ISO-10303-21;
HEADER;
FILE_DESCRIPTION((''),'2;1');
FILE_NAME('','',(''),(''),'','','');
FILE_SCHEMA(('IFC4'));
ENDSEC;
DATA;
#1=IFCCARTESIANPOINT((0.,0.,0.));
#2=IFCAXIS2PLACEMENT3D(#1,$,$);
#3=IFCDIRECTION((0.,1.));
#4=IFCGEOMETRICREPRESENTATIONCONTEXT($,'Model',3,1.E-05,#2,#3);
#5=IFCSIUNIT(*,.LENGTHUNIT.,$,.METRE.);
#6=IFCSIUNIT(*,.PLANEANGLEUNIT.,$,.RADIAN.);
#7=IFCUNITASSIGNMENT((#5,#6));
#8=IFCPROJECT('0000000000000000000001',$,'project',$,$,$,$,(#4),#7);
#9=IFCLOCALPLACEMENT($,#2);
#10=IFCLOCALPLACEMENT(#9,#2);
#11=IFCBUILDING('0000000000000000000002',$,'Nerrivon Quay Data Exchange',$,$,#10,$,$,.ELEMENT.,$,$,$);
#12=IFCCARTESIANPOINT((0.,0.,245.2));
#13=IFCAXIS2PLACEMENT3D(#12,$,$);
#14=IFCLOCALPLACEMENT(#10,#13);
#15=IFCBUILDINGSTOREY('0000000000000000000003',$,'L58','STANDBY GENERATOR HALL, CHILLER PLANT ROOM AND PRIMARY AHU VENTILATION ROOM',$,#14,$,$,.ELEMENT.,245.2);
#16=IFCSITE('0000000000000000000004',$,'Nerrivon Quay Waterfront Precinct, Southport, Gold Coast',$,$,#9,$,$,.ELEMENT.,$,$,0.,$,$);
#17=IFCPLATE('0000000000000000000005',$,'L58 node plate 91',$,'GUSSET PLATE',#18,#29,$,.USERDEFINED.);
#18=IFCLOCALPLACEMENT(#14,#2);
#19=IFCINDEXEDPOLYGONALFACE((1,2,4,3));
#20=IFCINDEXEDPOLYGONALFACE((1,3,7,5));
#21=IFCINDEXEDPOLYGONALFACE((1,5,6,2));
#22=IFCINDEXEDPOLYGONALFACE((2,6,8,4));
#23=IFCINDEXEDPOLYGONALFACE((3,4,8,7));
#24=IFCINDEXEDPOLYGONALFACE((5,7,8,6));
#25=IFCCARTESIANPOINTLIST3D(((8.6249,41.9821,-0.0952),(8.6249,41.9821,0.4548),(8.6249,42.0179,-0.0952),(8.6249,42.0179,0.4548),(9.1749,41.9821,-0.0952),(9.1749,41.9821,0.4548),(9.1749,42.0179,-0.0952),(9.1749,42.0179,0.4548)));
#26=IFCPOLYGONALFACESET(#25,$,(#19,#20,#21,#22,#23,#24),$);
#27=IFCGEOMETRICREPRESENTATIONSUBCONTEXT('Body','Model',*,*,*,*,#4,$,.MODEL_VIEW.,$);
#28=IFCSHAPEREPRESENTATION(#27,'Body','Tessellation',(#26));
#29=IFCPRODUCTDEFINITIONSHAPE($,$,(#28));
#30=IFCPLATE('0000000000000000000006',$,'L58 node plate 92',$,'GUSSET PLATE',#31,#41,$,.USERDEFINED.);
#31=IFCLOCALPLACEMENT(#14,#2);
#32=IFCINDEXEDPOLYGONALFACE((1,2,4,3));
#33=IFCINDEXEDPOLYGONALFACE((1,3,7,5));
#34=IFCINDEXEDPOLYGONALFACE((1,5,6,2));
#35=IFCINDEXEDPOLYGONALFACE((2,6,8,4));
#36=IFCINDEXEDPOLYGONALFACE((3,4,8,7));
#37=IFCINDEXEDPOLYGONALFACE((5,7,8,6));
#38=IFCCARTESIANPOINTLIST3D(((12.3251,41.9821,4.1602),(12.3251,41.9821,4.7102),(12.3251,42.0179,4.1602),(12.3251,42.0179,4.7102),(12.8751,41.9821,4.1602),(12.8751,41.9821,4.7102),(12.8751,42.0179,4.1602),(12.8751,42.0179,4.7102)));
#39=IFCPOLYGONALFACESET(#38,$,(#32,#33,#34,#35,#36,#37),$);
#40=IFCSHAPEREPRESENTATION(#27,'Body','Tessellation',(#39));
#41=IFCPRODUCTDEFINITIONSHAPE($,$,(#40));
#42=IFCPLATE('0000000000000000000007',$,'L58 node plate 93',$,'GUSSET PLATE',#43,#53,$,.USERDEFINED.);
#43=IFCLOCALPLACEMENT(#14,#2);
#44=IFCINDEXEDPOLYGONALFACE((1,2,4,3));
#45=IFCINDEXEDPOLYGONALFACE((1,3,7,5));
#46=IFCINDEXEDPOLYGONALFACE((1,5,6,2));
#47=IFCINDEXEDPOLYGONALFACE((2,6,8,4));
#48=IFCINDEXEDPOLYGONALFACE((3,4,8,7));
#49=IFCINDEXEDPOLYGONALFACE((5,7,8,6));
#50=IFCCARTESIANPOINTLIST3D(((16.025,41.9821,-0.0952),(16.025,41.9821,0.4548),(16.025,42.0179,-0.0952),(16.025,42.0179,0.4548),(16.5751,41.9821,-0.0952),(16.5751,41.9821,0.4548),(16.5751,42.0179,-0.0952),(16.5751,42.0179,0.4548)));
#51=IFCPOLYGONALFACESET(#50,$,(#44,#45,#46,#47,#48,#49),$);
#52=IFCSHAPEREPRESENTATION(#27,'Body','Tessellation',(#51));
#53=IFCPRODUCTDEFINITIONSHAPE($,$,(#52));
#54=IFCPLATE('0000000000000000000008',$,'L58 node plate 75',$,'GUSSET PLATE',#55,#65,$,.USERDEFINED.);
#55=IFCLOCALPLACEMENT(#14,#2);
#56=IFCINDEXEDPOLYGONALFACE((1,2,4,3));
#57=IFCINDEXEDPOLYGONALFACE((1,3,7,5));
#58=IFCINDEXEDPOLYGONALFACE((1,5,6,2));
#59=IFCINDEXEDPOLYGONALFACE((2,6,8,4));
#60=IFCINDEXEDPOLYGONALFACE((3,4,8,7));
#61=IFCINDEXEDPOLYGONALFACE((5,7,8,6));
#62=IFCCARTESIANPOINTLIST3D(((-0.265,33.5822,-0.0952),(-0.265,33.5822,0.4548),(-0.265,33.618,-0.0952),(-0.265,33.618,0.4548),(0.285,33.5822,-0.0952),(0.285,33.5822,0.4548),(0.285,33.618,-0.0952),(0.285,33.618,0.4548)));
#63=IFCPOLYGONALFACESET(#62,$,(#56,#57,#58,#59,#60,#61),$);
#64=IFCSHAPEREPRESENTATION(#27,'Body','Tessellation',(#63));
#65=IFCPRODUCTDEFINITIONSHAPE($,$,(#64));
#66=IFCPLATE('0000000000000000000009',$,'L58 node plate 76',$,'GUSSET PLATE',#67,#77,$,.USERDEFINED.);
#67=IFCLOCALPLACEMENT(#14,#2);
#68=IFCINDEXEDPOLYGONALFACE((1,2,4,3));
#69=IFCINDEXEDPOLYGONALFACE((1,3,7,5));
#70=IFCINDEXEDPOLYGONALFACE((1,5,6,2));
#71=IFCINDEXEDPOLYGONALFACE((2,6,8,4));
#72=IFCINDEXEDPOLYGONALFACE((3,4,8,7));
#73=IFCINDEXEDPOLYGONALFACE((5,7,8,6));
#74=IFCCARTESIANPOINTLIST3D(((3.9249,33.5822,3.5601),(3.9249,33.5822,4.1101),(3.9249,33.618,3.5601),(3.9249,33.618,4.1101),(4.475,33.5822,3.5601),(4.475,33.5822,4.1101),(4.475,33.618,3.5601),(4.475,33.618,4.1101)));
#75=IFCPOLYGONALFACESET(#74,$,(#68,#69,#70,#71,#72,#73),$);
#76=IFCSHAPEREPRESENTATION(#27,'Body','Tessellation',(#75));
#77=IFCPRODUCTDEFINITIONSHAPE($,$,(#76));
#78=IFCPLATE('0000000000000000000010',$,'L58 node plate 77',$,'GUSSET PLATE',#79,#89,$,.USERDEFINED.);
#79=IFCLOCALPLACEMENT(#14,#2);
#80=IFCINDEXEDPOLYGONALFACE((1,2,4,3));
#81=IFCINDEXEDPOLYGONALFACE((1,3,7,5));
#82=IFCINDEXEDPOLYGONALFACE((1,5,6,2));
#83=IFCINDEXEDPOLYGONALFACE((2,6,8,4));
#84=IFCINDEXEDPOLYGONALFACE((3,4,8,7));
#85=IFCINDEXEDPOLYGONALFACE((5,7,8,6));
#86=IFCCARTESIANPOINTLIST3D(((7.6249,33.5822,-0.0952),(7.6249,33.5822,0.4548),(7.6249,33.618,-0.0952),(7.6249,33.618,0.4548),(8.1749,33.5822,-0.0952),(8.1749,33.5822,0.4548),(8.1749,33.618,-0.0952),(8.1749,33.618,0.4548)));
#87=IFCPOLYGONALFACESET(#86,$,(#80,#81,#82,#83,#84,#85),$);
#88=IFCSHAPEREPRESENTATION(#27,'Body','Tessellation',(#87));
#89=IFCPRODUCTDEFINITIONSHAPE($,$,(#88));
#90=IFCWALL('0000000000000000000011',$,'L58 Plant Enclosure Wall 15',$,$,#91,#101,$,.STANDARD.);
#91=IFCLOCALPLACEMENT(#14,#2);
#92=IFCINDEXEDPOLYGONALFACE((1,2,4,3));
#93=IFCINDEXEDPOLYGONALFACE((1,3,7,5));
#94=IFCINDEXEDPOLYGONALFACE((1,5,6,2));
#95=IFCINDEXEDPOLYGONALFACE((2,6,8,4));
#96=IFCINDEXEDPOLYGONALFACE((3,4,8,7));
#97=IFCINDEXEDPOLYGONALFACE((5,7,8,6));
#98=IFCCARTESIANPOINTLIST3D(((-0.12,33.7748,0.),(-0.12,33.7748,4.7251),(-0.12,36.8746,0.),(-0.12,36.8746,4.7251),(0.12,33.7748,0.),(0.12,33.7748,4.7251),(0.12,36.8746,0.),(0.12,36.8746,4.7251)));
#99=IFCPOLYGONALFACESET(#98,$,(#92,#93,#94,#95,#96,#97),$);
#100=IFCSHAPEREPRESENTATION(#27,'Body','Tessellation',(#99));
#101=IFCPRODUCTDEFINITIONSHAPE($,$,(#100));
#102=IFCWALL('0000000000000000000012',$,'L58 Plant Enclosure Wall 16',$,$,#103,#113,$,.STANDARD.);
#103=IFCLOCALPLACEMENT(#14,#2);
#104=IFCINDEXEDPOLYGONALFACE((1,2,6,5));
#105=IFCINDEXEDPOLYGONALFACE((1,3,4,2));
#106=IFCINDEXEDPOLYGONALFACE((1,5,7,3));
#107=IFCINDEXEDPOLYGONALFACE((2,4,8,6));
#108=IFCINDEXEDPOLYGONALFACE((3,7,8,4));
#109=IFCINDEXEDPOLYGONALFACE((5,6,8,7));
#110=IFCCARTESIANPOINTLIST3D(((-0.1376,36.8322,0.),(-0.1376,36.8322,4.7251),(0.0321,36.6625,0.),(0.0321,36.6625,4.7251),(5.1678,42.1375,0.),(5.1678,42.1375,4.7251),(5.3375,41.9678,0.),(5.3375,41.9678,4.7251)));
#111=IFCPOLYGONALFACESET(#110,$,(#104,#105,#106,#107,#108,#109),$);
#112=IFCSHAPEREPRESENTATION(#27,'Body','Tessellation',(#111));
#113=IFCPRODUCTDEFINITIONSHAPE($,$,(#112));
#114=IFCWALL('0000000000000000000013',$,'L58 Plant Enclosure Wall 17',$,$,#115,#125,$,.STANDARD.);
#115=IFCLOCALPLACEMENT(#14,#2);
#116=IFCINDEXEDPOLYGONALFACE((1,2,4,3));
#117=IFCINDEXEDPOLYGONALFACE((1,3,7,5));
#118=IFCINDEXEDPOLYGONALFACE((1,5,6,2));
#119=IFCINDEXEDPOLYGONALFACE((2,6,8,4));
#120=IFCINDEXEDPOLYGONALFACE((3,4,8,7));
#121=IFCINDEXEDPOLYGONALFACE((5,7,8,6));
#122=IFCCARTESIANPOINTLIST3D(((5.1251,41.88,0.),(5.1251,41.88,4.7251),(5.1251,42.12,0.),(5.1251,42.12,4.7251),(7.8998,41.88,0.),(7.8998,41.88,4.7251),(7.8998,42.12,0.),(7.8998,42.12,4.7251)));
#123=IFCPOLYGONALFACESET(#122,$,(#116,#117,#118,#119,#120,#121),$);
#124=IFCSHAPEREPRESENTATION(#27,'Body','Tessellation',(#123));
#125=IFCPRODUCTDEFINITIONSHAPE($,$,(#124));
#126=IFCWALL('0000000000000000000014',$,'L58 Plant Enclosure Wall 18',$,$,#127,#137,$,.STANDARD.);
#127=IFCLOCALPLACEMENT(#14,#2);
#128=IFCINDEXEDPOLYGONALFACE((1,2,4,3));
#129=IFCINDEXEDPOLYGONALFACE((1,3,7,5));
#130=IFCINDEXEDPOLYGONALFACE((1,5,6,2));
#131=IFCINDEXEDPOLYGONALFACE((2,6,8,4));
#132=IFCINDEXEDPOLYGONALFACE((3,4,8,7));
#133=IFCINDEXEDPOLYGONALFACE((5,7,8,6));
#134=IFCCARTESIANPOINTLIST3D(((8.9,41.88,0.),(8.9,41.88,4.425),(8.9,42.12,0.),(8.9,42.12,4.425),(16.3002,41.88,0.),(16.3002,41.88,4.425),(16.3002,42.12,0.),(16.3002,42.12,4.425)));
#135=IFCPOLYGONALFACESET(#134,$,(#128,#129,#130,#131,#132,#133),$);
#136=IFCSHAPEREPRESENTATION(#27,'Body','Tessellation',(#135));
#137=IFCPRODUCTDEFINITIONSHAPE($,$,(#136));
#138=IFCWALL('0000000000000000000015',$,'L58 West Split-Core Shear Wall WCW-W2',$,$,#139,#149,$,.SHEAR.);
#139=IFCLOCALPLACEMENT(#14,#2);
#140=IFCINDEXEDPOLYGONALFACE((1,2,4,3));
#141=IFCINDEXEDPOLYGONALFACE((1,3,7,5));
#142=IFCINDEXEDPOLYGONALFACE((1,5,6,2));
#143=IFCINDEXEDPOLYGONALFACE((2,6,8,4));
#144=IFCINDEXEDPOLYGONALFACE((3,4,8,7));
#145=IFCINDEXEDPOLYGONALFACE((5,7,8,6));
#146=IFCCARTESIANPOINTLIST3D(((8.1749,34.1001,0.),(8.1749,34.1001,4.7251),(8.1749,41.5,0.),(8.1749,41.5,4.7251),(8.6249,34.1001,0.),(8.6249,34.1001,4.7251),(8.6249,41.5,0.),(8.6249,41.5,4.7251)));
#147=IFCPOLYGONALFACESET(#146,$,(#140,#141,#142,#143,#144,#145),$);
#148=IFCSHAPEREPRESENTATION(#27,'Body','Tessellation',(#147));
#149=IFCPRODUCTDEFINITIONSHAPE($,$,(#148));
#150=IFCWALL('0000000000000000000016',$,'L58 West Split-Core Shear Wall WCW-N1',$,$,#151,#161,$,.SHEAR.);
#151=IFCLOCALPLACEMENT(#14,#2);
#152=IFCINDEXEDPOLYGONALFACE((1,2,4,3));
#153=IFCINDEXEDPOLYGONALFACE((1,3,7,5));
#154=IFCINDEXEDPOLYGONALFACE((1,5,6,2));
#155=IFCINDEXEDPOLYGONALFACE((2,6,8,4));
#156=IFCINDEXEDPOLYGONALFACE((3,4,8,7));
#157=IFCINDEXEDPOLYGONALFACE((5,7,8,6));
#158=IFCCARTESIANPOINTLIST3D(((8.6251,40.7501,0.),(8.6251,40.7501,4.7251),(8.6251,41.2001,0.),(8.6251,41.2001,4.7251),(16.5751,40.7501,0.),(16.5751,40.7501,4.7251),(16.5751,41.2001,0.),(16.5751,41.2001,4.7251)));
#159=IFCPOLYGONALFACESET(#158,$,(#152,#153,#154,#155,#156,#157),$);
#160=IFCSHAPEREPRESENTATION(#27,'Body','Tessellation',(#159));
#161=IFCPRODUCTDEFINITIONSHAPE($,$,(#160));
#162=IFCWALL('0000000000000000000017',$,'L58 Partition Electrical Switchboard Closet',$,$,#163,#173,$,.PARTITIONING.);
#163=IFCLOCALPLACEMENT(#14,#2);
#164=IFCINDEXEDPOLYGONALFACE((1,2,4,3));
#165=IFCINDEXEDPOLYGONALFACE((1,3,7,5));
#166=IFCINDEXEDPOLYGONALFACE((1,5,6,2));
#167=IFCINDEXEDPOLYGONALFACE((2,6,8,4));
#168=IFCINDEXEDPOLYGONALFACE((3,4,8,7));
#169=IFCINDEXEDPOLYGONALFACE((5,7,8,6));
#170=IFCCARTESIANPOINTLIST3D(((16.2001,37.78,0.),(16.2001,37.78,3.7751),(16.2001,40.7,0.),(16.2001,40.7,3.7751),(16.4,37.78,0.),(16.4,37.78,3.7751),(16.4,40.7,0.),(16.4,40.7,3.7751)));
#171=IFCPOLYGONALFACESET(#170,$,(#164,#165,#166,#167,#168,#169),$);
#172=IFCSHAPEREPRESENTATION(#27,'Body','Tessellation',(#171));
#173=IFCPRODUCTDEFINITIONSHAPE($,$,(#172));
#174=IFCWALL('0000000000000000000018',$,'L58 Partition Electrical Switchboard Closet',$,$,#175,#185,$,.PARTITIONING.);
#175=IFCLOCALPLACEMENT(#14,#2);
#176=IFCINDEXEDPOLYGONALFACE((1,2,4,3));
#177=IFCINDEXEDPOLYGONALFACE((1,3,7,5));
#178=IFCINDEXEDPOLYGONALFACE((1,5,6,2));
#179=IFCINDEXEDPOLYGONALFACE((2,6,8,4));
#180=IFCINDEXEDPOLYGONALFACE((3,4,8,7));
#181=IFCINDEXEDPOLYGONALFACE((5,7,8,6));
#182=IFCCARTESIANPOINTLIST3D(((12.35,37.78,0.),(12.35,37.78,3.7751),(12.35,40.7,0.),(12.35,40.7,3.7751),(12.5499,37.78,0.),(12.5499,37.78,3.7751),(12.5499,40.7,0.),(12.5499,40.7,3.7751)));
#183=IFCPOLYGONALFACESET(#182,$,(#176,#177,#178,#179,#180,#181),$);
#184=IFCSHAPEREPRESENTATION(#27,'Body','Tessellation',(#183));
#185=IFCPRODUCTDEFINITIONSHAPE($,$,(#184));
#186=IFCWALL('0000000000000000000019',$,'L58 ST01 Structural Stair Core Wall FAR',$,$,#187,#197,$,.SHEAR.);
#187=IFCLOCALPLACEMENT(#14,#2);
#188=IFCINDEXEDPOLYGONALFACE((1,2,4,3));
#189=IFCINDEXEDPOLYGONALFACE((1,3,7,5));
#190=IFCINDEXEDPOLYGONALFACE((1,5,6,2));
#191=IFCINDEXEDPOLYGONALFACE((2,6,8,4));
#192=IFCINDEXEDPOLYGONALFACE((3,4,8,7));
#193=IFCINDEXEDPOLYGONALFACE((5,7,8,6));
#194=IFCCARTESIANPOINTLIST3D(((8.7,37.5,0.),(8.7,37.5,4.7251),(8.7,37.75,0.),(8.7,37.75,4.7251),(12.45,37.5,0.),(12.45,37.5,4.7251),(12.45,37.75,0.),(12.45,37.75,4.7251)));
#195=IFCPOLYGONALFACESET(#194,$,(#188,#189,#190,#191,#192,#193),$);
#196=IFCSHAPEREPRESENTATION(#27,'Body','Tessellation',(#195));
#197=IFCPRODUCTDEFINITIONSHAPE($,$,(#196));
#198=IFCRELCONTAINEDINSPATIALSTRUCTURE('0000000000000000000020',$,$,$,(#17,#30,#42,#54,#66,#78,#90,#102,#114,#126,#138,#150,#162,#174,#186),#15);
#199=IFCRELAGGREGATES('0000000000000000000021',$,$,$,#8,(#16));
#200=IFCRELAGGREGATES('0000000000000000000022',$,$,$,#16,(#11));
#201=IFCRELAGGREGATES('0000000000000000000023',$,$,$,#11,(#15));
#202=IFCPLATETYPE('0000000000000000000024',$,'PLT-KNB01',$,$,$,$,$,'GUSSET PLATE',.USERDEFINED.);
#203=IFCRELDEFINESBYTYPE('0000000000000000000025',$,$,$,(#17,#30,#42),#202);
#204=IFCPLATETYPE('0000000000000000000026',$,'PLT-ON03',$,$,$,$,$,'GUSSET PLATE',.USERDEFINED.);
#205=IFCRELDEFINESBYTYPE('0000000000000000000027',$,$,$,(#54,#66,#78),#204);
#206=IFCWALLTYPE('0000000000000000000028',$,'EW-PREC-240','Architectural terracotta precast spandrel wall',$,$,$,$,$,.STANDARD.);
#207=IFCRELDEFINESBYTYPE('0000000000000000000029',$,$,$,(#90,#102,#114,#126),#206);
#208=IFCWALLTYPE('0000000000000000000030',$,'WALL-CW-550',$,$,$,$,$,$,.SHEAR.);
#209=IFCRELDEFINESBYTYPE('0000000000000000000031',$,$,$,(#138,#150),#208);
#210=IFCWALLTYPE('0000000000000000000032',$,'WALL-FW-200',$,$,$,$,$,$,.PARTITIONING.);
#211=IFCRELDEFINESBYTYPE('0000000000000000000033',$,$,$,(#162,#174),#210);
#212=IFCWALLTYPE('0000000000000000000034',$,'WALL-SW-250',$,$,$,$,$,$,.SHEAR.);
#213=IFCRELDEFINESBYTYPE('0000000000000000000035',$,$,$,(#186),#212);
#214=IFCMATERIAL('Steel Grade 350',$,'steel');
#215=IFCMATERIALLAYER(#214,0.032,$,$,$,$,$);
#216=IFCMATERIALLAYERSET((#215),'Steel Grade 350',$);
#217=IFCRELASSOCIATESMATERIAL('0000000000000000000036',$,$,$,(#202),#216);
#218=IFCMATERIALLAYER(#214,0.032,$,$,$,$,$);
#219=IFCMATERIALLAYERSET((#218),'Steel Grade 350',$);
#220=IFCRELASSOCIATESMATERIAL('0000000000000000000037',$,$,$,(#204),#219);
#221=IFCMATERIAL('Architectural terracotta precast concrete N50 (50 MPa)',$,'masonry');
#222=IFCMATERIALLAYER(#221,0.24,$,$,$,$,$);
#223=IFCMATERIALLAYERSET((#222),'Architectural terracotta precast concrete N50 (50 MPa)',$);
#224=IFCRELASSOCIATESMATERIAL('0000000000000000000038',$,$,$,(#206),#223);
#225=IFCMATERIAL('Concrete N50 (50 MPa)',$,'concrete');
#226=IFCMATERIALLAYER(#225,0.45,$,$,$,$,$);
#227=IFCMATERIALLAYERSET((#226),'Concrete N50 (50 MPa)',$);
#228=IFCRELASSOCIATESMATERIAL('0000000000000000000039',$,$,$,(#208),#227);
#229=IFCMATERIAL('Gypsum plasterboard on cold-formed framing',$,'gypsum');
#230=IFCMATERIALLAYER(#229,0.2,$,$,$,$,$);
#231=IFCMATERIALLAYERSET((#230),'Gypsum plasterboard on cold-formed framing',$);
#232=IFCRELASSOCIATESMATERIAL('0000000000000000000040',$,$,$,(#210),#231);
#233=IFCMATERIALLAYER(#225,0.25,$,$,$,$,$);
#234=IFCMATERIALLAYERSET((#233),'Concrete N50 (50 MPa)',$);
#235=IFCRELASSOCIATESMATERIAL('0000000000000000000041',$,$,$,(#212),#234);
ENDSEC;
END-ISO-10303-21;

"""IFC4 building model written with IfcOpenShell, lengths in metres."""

from ifc_helpers import new_model, si_unit, direction, frame, frame_2d, origin, origin_2d, place, context, subcontext, project, spatial, rectangle, extrude, material, layer, layer_set, type_object, element, save


model = new_model("IFC4")

# Units and contexts
model_context = context("Model", 3, precision=1e-05, world=origin(), true_north=direction((0.0, 1.0)))
body_context = subcontext(model_context, "Body", "Model", "MODEL_VIEW")
ifc_project = project(units=[si_unit("LENGTHUNIT", "METRE"), si_unit("PLANEANGLEUNIT", "RADIAN")], contexts=[model_context])

# Site, building, storey
site_placement = place(None, origin())
site = spatial("IfcSite", under=ifc_project, at=site_placement, Name="Nerrivon Quay Waterfront Precinct, Southport, Gold Coast", CompositionType="ELEMENT", RefElevation=0.0)
building_placement = place(site_placement, origin())
building = spatial("IfcBuilding", under=site, at=building_placement, Name="Nerrivon Quay Data Exchange", CompositionType="ELEMENT")
storey_placement = place(building_placement, frame((0.0, 0.0, 245.2)))
storey = spatial("IfcBuildingStorey", under=building, at=storey_placement, Name="L58", Description="STANDBY GENERATOR HALL, CHILLER PLANT ROOM AND PRIMARY AHU VENTILATION ROOM", CompositionType="ELEMENT", Elevation=245.2)

# Shared definitions
ifc_material_1 = material(Name="Concrete N50 (50 MPa)", Category="concrete")
ifc_material_2 = material(Name="Steel Grade 350", Category="steel")

# Plates
ifc_layer_1 = layer(ifc_material_2, 0.032)
ifc_layer_set_1 = layer_set([ifc_layer_1], Name="Steel Grade 350")
plate_type_1 = type_object("IfcPlateType", Name="PLT-KNB01", ElementType="GUSSET PLATE", PredefinedType="USERDEFINED", material=ifc_layer_set_1)
for number, where, z_axis, x_axis, name in (
    (1, (8.8999, 42.0, -0.0952), (0.0, 0.0, 1.0), (1.0, 0.0, 0.0), "L58 node plate 91"),
    (2, (12.6001, 42.0, 4.1602), (0.0, 0.0, 1.0), (1.0, 0.0, 0.0), "L58 node plate 92"),
    (3, (16.3, 42.0, -0.0952), (0.0, 0.0, 1.0), (1.0, 0.0, 0.0), "L58 node plate 93"),
):
    element("IfcPlate", number, at=place(storey_placement, frame(where, z_axis=z_axis, x_axis=x_axis)), inside=storey, type_object=plate_type_1, Name=name, ObjectType="GUSSET PLATE", PredefinedType="USERDEFINED", context=body_context, shape_type="SweptSolid", body=[
        extrude(rectangle(XDim=0.55, YDim=0.0359, at=origin_2d()), origin(), (0.0, 0.0, 1.0), 0.55),
    ])
ifc_layer_2 = layer(ifc_material_2, 0.032)
ifc_layer_set_2 = layer_set([ifc_layer_2], Name="Steel Grade 350")
plate_type_2 = type_object("IfcPlateType", Name="PLT-ON03", ElementType="GUSSET PLATE", PredefinedType="USERDEFINED", material=ifc_layer_set_2)
for number, where, z_axis, x_axis, name in (
    (4, (0.01, 33.6001, -0.0952), (0.0, 0.0, 1.0), (1.0, 0.0, 0.0), "L58 node plate 75"),
    (5, (4.2, 33.6001, 3.5601), (0.0, 0.0, 1.0), (1.0, 0.0, 0.0), "L58 node plate 76"),
    (6, (7.8999, 33.6001, -0.0952), (0.0, 0.0, 1.0), (1.0, 0.0, 0.0), "L58 node plate 77"),
):
    element("IfcPlate", number, at=place(storey_placement, frame(where, z_axis=z_axis, x_axis=x_axis)), inside=storey, type_object=plate_type_2, Name=name, ObjectType="GUSSET PLATE", PredefinedType="USERDEFINED", context=body_context, shape_type="SweptSolid", body=[
        extrude(rectangle(XDim=0.55, YDim=0.0359, at=origin_2d()), origin(), (0.0, 0.0, 1.0), 0.55),
    ])

# Walls
ifc_material_3 = material(Name="Architectural terracotta precast concrete N50 (50 MPa)", Category="masonry")
ifc_layer_3 = layer(ifc_material_3, 0.24)
ifc_layer_set_3 = layer_set([ifc_layer_3], Name="Architectural terracotta precast concrete N50 (50 MPa)")
wall_type_1 = type_object("IfcWallType", Name="EW-PREC-240", Description="Architectural terracotta precast spandrel wall", PredefinedType="STANDARD", material=ifc_layer_set_3)
wall_1_placement = place(storey_placement, frame((0.0, 33.7749, 0.0), z_axis=(0.0, 0.0, 1.0), x_axis=(0.0, 1.0, 0.0)))
element("IfcWall", 7, at=wall_1_placement, inside=storey, type_object=wall_type_1, Name="L58 Plant Enclosure Wall 15", PredefinedType="STANDARD", context=body_context, shape_type="SweptSolid", body=[
    extrude(rectangle(XDim=3.0999, YDim=0.24, at=frame_2d((1.5498, 0.0))), origin(), (0.0, 0.0, 1.0), 4.7251),
])
wall_2_placement = place(storey_placement, frame((-0.0527, 36.7473, 0.0), z_axis=(0.0, 0.0, 1.0), x_axis=(0.707107, 0.707107, 0.0)))
element("IfcWall", 8, at=wall_2_placement, inside=storey, type_object=wall_type_1, Name="L58 Plant Enclosure Wall 16", PredefinedType="STANDARD", context=body_context, shape_type="SweptSolid", body=[
    extrude(rectangle(XDim=7.5029, YDim=0.24, at=frame_2d((3.7515, 0.0))), origin(), (0.0, 0.0, 1.0), 4.7251),
])
wall_3_placement = place(storey_placement, frame((5.1252, 42.0, 0.0), z_axis=(0.0, 0.0, 1.0), x_axis=(1.0, 0.0, 0.0)))
element("IfcWall", 9, at=wall_3_placement, inside=storey, type_object=wall_type_1, Name="L58 Plant Enclosure Wall 17", PredefinedType="STANDARD", context=body_context, shape_type="SweptSolid", body=[
    extrude(rectangle(XDim=2.7747, YDim=0.24, at=frame_2d((1.3872, 0.0))), origin(), (0.0, 0.0, 1.0), 4.7251),
])
wall_4_placement = place(storey_placement, frame((8.8999, 42.0, 0.0), z_axis=(0.0, 0.0, 1.0), x_axis=(1.0, 0.0, 0.0)))
element("IfcWall", 10, at=wall_4_placement, inside=storey, type_object=wall_type_1, Name="L58 Plant Enclosure Wall 18", PredefinedType="STANDARD", context=body_context, shape_type="SweptSolid", body=[
    extrude(rectangle(XDim=7.4001, YDim=0.24, at=frame_2d((3.7002, 0.0))), origin(), (0.0, 0.0, 1.0), 4.425),
])
ifc_layer_4 = layer(ifc_material_1, 0.45)
ifc_layer_set_4 = layer_set([ifc_layer_4], Name="Concrete N50 (50 MPa)")
wall_type_2 = type_object("IfcWallType", Name="WALL-CW-550", PredefinedType="SHEAR", material=ifc_layer_set_4)
wall_5_placement = place(storey_placement, frame((8.3999, 34.1001, 0.0), z_axis=(0.0, 0.0, 1.0), x_axis=(0.0, 1.0, 0.0)))
element("IfcWall", 11, at=wall_5_placement, inside=storey, type_object=wall_type_2, Name="L58 West Split-Core Shear Wall WCW-W2", PredefinedType="SHEAR", context=body_context, shape_type="SweptSolid", body=[
    extrude(rectangle(XDim=7.3999, YDim=0.45, at=frame_2d((3.7, 0.0))), origin(), (0.0, 0.0, 1.0), 4.7251),
])
wall_6_placement = place(storey_placement, frame((8.625, 40.9751, 0.0), z_axis=(0.0, 0.0, 1.0), x_axis=(1.0, 0.0, 0.0)))
element("IfcWall", 12, at=wall_6_placement, inside=storey, type_object=wall_type_2, Name="L58 West Split-Core Shear Wall WCW-N1", PredefinedType="SHEAR", context=body_context, shape_type="SweptSolid", body=[
    extrude(rectangle(XDim=7.95, YDim=0.45, at=frame_2d((3.9751, 0.0))), origin(), (0.0, 0.0, 1.0), 4.7251),
])
ifc_material_4 = material(Name="Gypsum plasterboard on cold-formed framing", Category="gypsum")
ifc_layer_5 = layer(ifc_material_4, 0.2)
ifc_layer_set_5 = layer_set([ifc_layer_5], Name="Gypsum plasterboard on cold-formed framing")
wall_type_3 = type_object("IfcWallType", Name="WALL-FW-200", PredefinedType="PARTITIONING", material=ifc_layer_set_5)
for number, where, z_axis, x_axis, name in (
    (13, (16.3, 37.78, 0.0), (0.0, 0.0, 1.0), (0.0, 1.0, 0.0), "L58 Partition Electrical Switchboard Closet"),
    (14, (12.45, 40.7, 0.0), (0.0, 0.0, 1.0), (0.0, -1.0, 0.0), "L58 Partition Electrical Switchboard Closet"),
):
    element("IfcWall", number, at=place(storey_placement, frame(where, z_axis=z_axis, x_axis=x_axis)), inside=storey, type_object=wall_type_3, Name=name, PredefinedType="PARTITIONING", context=body_context, shape_type="SweptSolid", body=[
        extrude(rectangle(XDim=2.9199, YDim=0.2, at=frame_2d((1.46, 0.0))), origin(), (0.0, 0.0, 1.0), 3.7751),
    ])
ifc_layer_6 = layer(ifc_material_1, 0.25)
ifc_layer_set_6 = layer_set([ifc_layer_6], Name="Concrete N50 (50 MPa)")
wall_type_4 = type_object("IfcWallType", Name="WALL-SW-250", PredefinedType="SHEAR", material=ifc_layer_set_6)
wall_7_placement = place(storey_placement, frame((12.45, 37.625, 0.0), z_axis=(0.0, 0.0, 1.0), x_axis=(-1.0, 0.0, 0.0)))
element("IfcWall", 15, at=wall_7_placement, inside=storey, type_object=wall_type_4, Name="L58 ST01 Structural Stair Core Wall FAR", PredefinedType="SHEAR", context=body_context, shape_type="SweptSolid", body=[
    extrude(rectangle(XDim=3.75, YDim=0.25, at=frame_2d((1.875, 0.0))), origin(), (0.0, 0.0, 1.0), 4.7251),
])

save(model, "model.ifc")
